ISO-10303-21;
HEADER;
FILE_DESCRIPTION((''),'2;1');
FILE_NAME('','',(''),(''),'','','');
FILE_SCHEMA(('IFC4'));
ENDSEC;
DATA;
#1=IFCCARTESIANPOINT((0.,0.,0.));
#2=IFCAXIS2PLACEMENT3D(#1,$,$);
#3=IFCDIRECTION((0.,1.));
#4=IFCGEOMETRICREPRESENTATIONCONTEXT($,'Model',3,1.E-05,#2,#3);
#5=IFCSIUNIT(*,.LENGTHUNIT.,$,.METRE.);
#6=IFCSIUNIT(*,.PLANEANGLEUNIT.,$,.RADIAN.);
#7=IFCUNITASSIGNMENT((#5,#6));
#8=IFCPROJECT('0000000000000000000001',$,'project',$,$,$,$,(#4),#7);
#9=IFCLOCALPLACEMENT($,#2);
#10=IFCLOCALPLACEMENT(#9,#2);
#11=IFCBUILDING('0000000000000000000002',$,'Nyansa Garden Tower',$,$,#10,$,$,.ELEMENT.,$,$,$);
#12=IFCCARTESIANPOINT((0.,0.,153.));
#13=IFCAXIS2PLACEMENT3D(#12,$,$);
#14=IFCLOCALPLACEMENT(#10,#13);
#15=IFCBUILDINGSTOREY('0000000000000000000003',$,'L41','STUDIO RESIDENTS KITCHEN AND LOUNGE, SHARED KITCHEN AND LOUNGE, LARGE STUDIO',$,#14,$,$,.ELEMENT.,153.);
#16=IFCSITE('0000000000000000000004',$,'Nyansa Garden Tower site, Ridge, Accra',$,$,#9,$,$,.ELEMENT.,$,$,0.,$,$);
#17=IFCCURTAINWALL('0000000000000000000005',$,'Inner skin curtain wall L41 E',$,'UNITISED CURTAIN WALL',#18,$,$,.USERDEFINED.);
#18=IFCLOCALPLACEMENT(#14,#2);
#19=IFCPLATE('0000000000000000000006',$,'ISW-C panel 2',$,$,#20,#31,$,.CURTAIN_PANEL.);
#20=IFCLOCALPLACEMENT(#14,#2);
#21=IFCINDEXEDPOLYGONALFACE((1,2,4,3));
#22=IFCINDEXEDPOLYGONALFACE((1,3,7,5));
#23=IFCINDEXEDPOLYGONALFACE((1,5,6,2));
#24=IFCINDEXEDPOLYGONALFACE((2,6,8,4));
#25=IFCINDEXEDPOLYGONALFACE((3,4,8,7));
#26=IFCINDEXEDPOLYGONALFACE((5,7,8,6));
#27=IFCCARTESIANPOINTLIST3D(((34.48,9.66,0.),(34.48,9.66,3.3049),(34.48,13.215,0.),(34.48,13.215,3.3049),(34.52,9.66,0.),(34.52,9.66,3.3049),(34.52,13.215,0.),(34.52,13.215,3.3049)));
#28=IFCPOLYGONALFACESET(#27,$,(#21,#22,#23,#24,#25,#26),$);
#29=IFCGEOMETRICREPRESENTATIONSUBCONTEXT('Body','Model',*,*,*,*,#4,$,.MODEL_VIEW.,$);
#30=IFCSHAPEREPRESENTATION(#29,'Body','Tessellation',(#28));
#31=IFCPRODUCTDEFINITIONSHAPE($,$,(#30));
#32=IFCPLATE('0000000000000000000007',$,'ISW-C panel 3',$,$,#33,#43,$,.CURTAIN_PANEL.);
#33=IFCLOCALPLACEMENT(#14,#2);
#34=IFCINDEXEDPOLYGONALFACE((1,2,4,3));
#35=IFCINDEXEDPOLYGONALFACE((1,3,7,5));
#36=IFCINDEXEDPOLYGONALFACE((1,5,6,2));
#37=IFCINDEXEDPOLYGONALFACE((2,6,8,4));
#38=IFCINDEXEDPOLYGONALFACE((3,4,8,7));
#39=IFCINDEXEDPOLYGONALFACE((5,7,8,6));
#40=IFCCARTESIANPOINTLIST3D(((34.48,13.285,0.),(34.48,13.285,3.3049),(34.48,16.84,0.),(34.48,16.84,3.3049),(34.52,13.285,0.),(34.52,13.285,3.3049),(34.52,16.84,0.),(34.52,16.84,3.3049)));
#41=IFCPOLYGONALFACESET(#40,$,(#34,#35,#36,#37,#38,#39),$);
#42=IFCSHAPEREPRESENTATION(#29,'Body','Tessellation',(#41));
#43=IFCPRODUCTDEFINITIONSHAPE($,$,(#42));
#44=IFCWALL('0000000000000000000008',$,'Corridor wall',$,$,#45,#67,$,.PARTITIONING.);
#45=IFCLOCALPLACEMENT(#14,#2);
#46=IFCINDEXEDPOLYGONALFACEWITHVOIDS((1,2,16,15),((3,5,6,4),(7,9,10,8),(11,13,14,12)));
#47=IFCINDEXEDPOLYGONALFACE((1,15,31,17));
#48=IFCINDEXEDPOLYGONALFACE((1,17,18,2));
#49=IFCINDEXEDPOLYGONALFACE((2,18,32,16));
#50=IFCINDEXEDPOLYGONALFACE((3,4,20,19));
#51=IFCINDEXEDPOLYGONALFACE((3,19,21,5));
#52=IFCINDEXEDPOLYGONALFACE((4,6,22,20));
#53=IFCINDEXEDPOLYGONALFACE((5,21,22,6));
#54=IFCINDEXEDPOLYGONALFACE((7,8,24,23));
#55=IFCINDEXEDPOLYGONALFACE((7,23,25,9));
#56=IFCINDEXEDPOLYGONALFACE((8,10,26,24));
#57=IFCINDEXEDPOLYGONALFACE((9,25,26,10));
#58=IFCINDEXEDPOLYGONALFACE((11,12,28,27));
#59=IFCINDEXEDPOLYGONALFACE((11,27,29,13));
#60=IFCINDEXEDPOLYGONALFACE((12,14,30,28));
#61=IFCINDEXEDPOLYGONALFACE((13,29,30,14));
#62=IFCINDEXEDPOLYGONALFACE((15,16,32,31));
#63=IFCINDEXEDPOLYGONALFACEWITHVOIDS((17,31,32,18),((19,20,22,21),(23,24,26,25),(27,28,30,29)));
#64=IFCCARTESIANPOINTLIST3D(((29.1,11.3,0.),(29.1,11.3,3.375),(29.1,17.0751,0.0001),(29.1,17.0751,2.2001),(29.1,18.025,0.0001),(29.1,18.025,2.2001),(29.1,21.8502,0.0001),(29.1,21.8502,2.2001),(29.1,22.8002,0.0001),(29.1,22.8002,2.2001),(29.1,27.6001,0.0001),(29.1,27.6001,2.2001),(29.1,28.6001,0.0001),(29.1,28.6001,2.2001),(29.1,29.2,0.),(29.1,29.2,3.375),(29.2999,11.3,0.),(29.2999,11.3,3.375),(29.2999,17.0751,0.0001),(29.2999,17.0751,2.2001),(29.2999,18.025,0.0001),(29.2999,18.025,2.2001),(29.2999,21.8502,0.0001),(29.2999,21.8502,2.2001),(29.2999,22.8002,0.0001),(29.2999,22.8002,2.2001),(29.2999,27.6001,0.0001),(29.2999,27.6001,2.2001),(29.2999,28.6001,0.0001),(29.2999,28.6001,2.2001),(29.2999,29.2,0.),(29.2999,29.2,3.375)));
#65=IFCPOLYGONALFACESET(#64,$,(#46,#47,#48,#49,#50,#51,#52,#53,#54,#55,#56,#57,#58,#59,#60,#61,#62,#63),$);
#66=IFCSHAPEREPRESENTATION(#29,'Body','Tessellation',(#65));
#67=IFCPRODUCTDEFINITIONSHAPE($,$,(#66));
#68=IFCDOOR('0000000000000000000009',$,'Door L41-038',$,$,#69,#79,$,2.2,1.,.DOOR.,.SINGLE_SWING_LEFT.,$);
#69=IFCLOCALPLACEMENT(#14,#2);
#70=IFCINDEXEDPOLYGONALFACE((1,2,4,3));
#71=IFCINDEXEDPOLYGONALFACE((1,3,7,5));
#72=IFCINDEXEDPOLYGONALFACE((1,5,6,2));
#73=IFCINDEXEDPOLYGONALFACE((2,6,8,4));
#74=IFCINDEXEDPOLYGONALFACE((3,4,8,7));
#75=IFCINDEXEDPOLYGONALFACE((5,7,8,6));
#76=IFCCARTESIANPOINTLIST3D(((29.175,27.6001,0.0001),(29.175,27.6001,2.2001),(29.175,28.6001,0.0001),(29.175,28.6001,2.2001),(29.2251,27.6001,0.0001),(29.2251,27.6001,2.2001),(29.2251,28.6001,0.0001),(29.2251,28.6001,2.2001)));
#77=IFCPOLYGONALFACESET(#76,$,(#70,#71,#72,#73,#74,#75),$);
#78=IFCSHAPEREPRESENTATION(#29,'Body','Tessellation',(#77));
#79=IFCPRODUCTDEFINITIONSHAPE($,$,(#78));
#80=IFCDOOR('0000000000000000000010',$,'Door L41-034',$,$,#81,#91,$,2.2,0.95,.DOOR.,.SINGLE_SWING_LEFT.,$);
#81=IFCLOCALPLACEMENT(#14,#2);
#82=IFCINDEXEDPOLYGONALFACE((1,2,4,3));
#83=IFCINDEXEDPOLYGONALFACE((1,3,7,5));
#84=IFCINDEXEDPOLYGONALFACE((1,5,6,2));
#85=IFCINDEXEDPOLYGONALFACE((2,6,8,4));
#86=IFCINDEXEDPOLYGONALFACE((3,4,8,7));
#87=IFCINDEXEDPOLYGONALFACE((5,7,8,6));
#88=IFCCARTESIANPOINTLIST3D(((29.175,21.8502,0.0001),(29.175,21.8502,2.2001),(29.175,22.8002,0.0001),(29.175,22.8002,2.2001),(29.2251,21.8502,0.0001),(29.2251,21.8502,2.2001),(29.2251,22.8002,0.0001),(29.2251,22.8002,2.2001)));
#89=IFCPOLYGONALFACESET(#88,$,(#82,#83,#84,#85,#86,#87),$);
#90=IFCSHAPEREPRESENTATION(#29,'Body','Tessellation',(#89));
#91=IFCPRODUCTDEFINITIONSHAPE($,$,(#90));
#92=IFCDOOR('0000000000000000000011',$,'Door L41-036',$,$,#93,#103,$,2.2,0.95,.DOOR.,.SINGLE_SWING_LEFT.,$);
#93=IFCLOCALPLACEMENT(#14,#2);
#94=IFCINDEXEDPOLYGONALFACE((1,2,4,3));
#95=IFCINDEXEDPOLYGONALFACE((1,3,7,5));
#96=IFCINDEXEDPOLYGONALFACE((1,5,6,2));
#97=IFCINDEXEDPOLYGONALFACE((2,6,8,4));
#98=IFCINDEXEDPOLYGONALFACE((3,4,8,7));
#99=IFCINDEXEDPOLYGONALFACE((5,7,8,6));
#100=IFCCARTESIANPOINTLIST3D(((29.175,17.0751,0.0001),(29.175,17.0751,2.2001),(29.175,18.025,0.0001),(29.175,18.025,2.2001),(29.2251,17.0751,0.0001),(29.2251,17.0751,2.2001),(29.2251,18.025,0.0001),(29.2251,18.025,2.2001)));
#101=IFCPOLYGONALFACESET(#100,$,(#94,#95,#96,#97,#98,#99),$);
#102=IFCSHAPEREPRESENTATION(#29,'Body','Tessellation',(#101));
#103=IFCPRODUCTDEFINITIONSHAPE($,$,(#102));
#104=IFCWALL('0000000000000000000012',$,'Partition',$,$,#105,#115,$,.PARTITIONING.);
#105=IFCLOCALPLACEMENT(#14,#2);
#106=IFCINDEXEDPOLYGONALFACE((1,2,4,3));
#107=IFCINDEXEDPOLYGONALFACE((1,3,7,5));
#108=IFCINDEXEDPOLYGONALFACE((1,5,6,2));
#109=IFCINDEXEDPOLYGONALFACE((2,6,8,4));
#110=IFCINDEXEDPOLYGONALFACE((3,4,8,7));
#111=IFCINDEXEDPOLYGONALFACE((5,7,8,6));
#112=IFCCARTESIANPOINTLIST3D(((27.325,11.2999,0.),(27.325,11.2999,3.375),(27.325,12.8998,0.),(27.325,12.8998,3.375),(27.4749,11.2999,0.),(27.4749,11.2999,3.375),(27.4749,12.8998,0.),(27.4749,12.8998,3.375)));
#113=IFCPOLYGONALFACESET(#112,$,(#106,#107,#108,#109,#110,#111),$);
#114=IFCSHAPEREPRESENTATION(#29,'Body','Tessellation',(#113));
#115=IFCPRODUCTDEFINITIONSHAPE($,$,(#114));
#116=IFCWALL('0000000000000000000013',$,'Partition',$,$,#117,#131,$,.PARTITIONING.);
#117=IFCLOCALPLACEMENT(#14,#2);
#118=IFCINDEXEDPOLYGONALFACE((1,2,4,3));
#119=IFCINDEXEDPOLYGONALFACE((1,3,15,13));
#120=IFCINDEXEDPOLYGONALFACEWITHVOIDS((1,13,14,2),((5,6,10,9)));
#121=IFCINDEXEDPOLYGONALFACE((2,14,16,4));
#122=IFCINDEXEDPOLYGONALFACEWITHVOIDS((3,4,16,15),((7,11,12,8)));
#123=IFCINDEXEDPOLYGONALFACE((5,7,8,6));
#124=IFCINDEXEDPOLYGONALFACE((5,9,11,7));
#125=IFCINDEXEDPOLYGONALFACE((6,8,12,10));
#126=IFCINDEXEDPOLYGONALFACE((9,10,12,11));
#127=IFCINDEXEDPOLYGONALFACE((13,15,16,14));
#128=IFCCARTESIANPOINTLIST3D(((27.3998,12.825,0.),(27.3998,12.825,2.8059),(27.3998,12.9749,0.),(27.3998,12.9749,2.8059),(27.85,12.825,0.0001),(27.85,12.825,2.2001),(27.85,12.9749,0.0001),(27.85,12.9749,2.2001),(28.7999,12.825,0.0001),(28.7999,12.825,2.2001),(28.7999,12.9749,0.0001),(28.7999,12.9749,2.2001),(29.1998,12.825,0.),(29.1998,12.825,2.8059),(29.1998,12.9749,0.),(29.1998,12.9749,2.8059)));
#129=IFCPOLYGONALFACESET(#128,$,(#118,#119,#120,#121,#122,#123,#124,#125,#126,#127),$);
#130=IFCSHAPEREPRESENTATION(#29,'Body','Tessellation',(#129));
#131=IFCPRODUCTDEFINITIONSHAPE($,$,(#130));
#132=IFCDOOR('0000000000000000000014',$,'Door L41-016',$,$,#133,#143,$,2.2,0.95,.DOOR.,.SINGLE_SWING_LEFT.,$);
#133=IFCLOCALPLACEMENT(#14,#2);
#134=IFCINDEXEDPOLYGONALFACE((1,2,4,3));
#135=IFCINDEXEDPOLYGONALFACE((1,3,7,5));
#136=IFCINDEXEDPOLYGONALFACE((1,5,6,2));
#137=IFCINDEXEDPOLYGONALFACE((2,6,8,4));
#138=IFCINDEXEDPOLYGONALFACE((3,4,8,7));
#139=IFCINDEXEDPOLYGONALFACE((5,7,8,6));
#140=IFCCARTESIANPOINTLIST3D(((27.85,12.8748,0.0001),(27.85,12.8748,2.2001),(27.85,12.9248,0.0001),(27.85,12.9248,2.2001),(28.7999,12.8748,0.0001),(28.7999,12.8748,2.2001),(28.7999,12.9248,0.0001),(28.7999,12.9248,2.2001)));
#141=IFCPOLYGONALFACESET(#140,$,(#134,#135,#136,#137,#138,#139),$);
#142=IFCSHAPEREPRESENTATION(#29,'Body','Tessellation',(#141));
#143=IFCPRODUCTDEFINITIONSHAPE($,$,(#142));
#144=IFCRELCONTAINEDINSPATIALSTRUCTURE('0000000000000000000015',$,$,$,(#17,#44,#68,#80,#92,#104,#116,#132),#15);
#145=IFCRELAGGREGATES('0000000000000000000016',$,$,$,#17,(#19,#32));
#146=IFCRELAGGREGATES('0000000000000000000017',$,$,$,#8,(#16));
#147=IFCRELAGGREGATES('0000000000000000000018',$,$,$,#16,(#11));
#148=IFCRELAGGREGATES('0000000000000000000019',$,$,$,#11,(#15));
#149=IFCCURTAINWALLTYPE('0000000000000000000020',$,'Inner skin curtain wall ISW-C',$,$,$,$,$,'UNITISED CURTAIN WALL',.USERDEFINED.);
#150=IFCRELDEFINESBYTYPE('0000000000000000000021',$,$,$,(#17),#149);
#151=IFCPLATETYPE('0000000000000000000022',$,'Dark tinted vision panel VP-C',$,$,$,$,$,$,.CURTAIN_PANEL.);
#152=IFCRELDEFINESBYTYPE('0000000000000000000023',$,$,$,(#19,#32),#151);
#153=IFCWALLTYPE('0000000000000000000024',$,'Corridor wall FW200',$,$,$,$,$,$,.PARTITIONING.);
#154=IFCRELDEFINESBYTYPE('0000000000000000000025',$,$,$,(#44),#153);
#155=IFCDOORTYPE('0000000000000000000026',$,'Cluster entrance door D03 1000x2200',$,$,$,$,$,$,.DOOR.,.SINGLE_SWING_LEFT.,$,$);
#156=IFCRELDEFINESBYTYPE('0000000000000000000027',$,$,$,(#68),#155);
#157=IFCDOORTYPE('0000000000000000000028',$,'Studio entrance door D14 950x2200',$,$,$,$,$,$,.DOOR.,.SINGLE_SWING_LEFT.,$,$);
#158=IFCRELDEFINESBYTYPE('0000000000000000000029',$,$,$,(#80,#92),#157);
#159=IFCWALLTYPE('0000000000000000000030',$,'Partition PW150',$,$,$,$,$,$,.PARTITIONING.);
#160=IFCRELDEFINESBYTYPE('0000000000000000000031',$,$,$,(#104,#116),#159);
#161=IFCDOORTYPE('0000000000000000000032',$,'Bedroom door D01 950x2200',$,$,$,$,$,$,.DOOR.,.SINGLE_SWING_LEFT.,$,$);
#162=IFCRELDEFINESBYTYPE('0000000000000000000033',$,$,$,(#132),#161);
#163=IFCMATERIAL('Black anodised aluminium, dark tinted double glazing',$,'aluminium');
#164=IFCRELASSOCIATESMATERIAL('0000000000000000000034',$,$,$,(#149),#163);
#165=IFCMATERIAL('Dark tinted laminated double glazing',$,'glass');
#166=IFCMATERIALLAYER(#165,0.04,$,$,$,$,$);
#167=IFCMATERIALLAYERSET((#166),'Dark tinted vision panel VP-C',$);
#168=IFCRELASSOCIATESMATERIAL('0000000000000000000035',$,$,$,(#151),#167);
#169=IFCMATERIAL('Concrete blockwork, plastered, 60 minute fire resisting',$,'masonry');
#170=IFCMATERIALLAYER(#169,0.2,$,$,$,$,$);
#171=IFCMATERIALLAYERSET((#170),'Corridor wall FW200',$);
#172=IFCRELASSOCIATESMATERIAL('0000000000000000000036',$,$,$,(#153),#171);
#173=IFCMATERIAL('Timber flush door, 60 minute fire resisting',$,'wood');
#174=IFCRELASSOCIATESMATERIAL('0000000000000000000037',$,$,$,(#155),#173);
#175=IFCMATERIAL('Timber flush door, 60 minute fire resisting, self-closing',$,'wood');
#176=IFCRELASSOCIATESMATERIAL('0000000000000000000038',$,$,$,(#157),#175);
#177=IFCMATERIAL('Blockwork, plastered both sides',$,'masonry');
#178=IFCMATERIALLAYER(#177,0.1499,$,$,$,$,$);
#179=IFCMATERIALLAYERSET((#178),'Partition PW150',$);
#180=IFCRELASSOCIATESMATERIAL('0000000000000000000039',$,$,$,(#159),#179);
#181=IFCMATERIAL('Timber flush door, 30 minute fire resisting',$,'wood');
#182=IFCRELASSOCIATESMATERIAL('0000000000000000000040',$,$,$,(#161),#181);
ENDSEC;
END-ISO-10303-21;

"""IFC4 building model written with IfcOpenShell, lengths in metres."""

from ifc_helpers import new_model, si_unit, direction, frame, frame_2d, origin, origin_2d, place, context, subcontext, project, spatial, rectangle, extrude, material, layer, layer_set, type_object, element, fill, aggregate, save


model = new_model("IFC4")

# Units and contexts
model_context = context("Model", 3, precision=1e-05, world=origin(), true_north=direction((0.0, 1.0)))
body_context = subcontext(model_context, "Body", "Model", "MODEL_VIEW")
ifc_project = project(units=[si_unit("LENGTHUNIT", "METRE"), si_unit("PLANEANGLEUNIT", "RADIAN")], contexts=[model_context])

# Site, building, storey
site_placement = place(None, origin())
site = spatial("IfcSite", under=ifc_project, at=site_placement, Name="Nyansa Garden Tower site, Ridge, Accra", CompositionType="ELEMENT", RefElevation=0.0)
building_placement = place(site_placement, origin())
building = spatial("IfcBuilding", under=site, at=building_placement, Name="Nyansa Garden Tower", CompositionType="ELEMENT")
storey_placement = place(building_placement, frame((0.0, 0.0, 153.0)))
storey = spatial("IfcBuildingStorey", under=building, at=storey_placement, Name="L41", Description="STUDIO RESIDENTS KITCHEN AND LOUNGE, SHARED KITCHEN AND LOUNGE, LARGE STUDIO", CompositionType="ELEMENT", Elevation=153.0)

# Curtain wall
ifc_material_1 = material(Name="Black anodised aluminium, dark tinted double glazing", Category="aluminium")
curtain_wall_type = type_object("IfcCurtainWallType", Name="Inner skin curtain wall ISW-C", ElementType="UNITISED CURTAIN WALL", PredefinedType="USERDEFINED", material=ifc_material_1)
curtain_wall_placement = place(storey_placement, origin())
curtain_wall = element("IfcCurtainWall", 1, at=curtain_wall_placement, inside=storey, type_object=curtain_wall_type, Name="Inner skin curtain wall L41 E", ObjectType="UNITISED CURTAIN WALL", PredefinedType="USERDEFINED")

# Plates
ifc_material_2 = material(Name="Dark tinted laminated double glazing", Category="glass")
ifc_layer_1 = layer(ifc_material_2, 0.04)
ifc_layer_set_1 = layer_set([ifc_layer_1], Name="Dark tinted vision panel VP-C")
plate_type = type_object("IfcPlateType", Name="Dark tinted vision panel VP-C", PredefinedType="CURTAIN_PANEL", material=ifc_layer_set_1)
plate_1_placement = place(storey_placement, frame((34.5, 11.4375, 0.0), z_axis=(0.0, 0.0, 1.0), x_axis=(0.0, 1.0, 0.0)))
plate_1 = element("IfcPlate", 2, at=plate_1_placement, type_object=plate_type, Name="ISW-C panel 2", PredefinedType="CURTAIN_PANEL", context=body_context, shape_type="SweptSolid", body=[
    extrude(rectangle(XDim=3.5549, YDim=0.04, at=origin_2d()), origin(), (0.0, 0.0, 1.0), 3.3049),
])
plate_2_placement = place(storey_placement, frame((34.5, 15.0625, 0.0), z_axis=(0.0, 0.0, 1.0), x_axis=(0.0, 1.0, 0.0)))
plate_2 = element("IfcPlate", 3, at=plate_2_placement, type_object=plate_type, Name="ISW-C panel 3", PredefinedType="CURTAIN_PANEL", context=body_context, shape_type="SweptSolid", body=[
    extrude(rectangle(XDim=3.5549, YDim=0.04, at=origin_2d()), origin(), (0.0, 0.0, 1.0), 3.3049),
])
aggregate(curtain_wall, [plate_1, plate_2])

# Wall, openings, doors
ifc_material_3 = material(Name="Concrete blockwork, plastered, 60 minute fire resisting", Category="masonry")
ifc_layer_2 = layer(ifc_material_3, 0.2)
ifc_layer_set_2 = layer_set([ifc_layer_2], Name="Corridor wall FW200")
wall_type_1 = type_object("IfcWallType", Name="Corridor wall FW200", PredefinedType="PARTITIONING", material=ifc_layer_set_2)
wall_1_placement = place(storey_placement, frame((29.2, 11.3, 0.0), z_axis=(0.0, 0.0, 1.0), x_axis=(0.0, 1.0, 0.0)))
wall_1 = element("IfcWall", 4, at=wall_1_placement, inside=storey, type_object=wall_type_1, Name="Corridor wall", PredefinedType="PARTITIONING", context=body_context, shape_type="SweptSolid", body=[
    extrude(rectangle(XDim=17.8999, YDim=0.2, at=frame_2d((8.95, 0.0))), origin(), (0.0, 0.0, 1.0), 3.375),
])
opening_1_placement = place(wall_1_placement, frame((10.55, 0.0, 0.0)))
opening_1 = element("IfcOpeningElement", 5, at=opening_1_placement, cuts=wall_1, PredefinedType="OPENING", context=body_context, shape_type="SweptSolid", body=[
    extrude(rectangle(XDim=0.95, YDim=2.2, at=frame_2d((0.4751, 1.1001))), frame((0.0, 0.1099, 0.0), z_axis=(0.0, -1.0, 0.0), x_axis=(1.0, 0.0, 0.0)), (0.0, 0.0, 1.0), 0.22),
])
opening_2_placement = place(wall_1_placement, frame((5.7749, 0.0, 0.0)))
opening_2 = element("IfcOpeningElement", 6, at=opening_2_placement, cuts=wall_1, PredefinedType="OPENING", context=body_context, shape_type="SweptSolid", body=[
    extrude(rectangle(XDim=0.95, YDim=2.2, at=frame_2d((0.4751, 1.1001))), frame((0.0, 0.1099, 0.0), z_axis=(0.0, -1.0, 0.0), x_axis=(1.0, 0.0, 0.0)), (0.0, 0.0, 1.0), 0.22),
])
opening_3_placement = place(wall_1_placement, frame((16.3, 0.0, 0.0)))
opening_3 = element("IfcOpeningElement", 7, at=opening_3_placement, cuts=wall_1, PredefinedType="OPENING", context=body_context, shape_type="SweptSolid", body=[
    extrude(rectangle(XDim=1.0, YDim=2.2, at=frame_2d((0.5, 1.1001))), frame((0.0, 0.1099, 0.0), z_axis=(0.0, -1.0, 0.0), x_axis=(1.0, 0.0, 0.0)), (0.0, 0.0, 1.0), 0.22),
])
ifc_material_4 = material(Name="Timber flush door, 60 minute fire resisting", Category="wood")
door_type_1 = type_object("IfcDoorType", Name="Cluster entrance door D03 1000x2200", OperationType="SINGLE_SWING_LEFT", PredefinedType="DOOR", material=ifc_material_4)
door_1_placement = place(opening_3_placement, origin())
door_1 = element("IfcDoor", 8, at=door_1_placement, inside=storey, type_object=door_type_1, Name="Door L41-038", OperationType="SINGLE_SWING_LEFT", OverallHeight=2.2, OverallWidth=1.0, PredefinedType="DOOR", context=body_context, shape_type="SweptSolid", body=[
    extrude(rectangle(XDim=1.0, YDim=2.2, at=frame_2d((0.5, 1.1001))), frame((0.0, 0.0249, 0.0), z_axis=(0.0, -1.0, 0.0), x_axis=(1.0, 0.0, 0.0)), (0.0, 0.0, 1.0), 0.05),
])
fill(opening_3, door_1)
ifc_material_5 = material(Name="Timber flush door, 60 minute fire resisting, self-closing", Category="wood")
door_type_2 = type_object("IfcDoorType", Name="Studio entrance door D14 950x2200", OperationType="SINGLE_SWING_LEFT", PredefinedType="DOOR", material=ifc_material_5)
door_2_placement = place(opening_1_placement, origin())
door_2 = element("IfcDoor", 9, at=door_2_placement, inside=storey, type_object=door_type_2, Name="Door L41-034", OperationType="SINGLE_SWING_LEFT", OverallHeight=2.2, OverallWidth=0.95, PredefinedType="DOOR", context=body_context, shape_type="SweptSolid", body=[
    extrude(rectangle(XDim=0.95, YDim=2.2, at=frame_2d((0.4751, 1.1001))), frame((0.0, 0.0249, 0.0), z_axis=(0.0, -1.0, 0.0), x_axis=(1.0, 0.0, 0.0)), (0.0, 0.0, 1.0), 0.05),
])
fill(opening_1, door_2)
door_3_placement = place(opening_2_placement, origin())
door_3 = element("IfcDoor", 10, at=door_3_placement, inside=storey, type_object=door_type_2, Name="Door L41-036", OperationType="SINGLE_SWING_LEFT", OverallHeight=2.2, OverallWidth=0.95, PredefinedType="DOOR", context=body_context, shape_type="SweptSolid", body=[
    extrude(rectangle(XDim=0.95, YDim=2.2, at=frame_2d((0.4751, 1.1001))), frame((0.0, 0.0249, 0.0), z_axis=(0.0, -1.0, 0.0), x_axis=(1.0, 0.0, 0.0)), (0.0, 0.0, 1.0), 0.05),
])
fill(opening_2, door_3)

# Wall
ifc_material_6 = material(Name="Blockwork, plastered both sides", Category="masonry")
ifc_layer_3 = layer(ifc_material_6, 0.1499)
ifc_layer_set_3 = layer_set([ifc_layer_3], Name="Partition PW150")
wall_type_2 = type_object("IfcWallType", Name="Partition PW150", PredefinedType="PARTITIONING", material=ifc_layer_set_3)
wall_2_placement = place(storey_placement, frame((27.3999, 11.3, 0.0), z_axis=(0.0, 0.0, 1.0), x_axis=(0.0, 1.0, 0.0)))
element("IfcWall", 11, at=wall_2_placement, inside=storey, type_object=wall_type_2, Name="Partition", PredefinedType="PARTITIONING", context=body_context, shape_type="SweptSolid", body=[
    extrude(rectangle(XDim=1.5999, YDim=0.1499, at=frame_2d((0.7998, 0.0))), origin(), (0.0, 0.0, 1.0), 3.375),
])

# Wall, opening, door
wall_3_placement = place(storey_placement, frame((27.3999, 12.8999, 0.0), z_axis=(0.0, 0.0, 1.0), x_axis=(1.0, 0.0, 0.0)))
wall_3 = element("IfcWall", 12, at=wall_3_placement, inside=storey, type_object=wall_type_2, Name="Partition", PredefinedType="PARTITIONING", context=body_context, shape_type="SweptSolid", body=[
    extrude(rectangle(XDim=1.8, YDim=0.1499, at=frame_2d((0.8999, 0.0))), origin(), (0.0, 0.0, 1.0), 2.8059),
])
opening_4_placement = place(wall_3_placement, frame((0.45, 0.0, 0.0)))
opening_4 = element("IfcOpeningElement", 13, at=opening_4_placement, cuts=wall_3, PredefinedType="OPENING", context=body_context, shape_type="SweptSolid", body=[
    extrude(rectangle(XDim=0.95, YDim=2.2, at=frame_2d((0.4751, 1.1001))), frame((0.0, 0.085, 0.0), z_axis=(0.0, -1.0, 0.0), x_axis=(1.0, 0.0, 0.0)), (0.0, 0.0, 1.0), 0.1699),
])
ifc_material_7 = material(Name="Timber flush door, 30 minute fire resisting", Category="wood")
door_type_3 = type_object("IfcDoorType", Name="Bedroom door D01 950x2200", OperationType="SINGLE_SWING_LEFT", PredefinedType="DOOR", material=ifc_material_7)
door_4_placement = place(opening_4_placement, origin())
door_4 = element("IfcDoor", 14, at=door_4_placement, inside=storey, type_object=door_type_3, Name="Door L41-016", OperationType="SINGLE_SWING_LEFT", OverallHeight=2.2, OverallWidth=0.95, PredefinedType="DOOR", context=body_context, shape_type="SweptSolid", body=[
    extrude(rectangle(XDim=0.95, YDim=2.2, at=frame_2d((0.4751, 1.1001))), frame((0.0, 0.0249, 0.0), z_axis=(0.0, -1.0, 0.0), x_axis=(1.0, 0.0, 0.0)), (0.0, 0.0, 1.0), 0.05),
])
fill(opening_4, door_4)

save(model, "model.ifc")
